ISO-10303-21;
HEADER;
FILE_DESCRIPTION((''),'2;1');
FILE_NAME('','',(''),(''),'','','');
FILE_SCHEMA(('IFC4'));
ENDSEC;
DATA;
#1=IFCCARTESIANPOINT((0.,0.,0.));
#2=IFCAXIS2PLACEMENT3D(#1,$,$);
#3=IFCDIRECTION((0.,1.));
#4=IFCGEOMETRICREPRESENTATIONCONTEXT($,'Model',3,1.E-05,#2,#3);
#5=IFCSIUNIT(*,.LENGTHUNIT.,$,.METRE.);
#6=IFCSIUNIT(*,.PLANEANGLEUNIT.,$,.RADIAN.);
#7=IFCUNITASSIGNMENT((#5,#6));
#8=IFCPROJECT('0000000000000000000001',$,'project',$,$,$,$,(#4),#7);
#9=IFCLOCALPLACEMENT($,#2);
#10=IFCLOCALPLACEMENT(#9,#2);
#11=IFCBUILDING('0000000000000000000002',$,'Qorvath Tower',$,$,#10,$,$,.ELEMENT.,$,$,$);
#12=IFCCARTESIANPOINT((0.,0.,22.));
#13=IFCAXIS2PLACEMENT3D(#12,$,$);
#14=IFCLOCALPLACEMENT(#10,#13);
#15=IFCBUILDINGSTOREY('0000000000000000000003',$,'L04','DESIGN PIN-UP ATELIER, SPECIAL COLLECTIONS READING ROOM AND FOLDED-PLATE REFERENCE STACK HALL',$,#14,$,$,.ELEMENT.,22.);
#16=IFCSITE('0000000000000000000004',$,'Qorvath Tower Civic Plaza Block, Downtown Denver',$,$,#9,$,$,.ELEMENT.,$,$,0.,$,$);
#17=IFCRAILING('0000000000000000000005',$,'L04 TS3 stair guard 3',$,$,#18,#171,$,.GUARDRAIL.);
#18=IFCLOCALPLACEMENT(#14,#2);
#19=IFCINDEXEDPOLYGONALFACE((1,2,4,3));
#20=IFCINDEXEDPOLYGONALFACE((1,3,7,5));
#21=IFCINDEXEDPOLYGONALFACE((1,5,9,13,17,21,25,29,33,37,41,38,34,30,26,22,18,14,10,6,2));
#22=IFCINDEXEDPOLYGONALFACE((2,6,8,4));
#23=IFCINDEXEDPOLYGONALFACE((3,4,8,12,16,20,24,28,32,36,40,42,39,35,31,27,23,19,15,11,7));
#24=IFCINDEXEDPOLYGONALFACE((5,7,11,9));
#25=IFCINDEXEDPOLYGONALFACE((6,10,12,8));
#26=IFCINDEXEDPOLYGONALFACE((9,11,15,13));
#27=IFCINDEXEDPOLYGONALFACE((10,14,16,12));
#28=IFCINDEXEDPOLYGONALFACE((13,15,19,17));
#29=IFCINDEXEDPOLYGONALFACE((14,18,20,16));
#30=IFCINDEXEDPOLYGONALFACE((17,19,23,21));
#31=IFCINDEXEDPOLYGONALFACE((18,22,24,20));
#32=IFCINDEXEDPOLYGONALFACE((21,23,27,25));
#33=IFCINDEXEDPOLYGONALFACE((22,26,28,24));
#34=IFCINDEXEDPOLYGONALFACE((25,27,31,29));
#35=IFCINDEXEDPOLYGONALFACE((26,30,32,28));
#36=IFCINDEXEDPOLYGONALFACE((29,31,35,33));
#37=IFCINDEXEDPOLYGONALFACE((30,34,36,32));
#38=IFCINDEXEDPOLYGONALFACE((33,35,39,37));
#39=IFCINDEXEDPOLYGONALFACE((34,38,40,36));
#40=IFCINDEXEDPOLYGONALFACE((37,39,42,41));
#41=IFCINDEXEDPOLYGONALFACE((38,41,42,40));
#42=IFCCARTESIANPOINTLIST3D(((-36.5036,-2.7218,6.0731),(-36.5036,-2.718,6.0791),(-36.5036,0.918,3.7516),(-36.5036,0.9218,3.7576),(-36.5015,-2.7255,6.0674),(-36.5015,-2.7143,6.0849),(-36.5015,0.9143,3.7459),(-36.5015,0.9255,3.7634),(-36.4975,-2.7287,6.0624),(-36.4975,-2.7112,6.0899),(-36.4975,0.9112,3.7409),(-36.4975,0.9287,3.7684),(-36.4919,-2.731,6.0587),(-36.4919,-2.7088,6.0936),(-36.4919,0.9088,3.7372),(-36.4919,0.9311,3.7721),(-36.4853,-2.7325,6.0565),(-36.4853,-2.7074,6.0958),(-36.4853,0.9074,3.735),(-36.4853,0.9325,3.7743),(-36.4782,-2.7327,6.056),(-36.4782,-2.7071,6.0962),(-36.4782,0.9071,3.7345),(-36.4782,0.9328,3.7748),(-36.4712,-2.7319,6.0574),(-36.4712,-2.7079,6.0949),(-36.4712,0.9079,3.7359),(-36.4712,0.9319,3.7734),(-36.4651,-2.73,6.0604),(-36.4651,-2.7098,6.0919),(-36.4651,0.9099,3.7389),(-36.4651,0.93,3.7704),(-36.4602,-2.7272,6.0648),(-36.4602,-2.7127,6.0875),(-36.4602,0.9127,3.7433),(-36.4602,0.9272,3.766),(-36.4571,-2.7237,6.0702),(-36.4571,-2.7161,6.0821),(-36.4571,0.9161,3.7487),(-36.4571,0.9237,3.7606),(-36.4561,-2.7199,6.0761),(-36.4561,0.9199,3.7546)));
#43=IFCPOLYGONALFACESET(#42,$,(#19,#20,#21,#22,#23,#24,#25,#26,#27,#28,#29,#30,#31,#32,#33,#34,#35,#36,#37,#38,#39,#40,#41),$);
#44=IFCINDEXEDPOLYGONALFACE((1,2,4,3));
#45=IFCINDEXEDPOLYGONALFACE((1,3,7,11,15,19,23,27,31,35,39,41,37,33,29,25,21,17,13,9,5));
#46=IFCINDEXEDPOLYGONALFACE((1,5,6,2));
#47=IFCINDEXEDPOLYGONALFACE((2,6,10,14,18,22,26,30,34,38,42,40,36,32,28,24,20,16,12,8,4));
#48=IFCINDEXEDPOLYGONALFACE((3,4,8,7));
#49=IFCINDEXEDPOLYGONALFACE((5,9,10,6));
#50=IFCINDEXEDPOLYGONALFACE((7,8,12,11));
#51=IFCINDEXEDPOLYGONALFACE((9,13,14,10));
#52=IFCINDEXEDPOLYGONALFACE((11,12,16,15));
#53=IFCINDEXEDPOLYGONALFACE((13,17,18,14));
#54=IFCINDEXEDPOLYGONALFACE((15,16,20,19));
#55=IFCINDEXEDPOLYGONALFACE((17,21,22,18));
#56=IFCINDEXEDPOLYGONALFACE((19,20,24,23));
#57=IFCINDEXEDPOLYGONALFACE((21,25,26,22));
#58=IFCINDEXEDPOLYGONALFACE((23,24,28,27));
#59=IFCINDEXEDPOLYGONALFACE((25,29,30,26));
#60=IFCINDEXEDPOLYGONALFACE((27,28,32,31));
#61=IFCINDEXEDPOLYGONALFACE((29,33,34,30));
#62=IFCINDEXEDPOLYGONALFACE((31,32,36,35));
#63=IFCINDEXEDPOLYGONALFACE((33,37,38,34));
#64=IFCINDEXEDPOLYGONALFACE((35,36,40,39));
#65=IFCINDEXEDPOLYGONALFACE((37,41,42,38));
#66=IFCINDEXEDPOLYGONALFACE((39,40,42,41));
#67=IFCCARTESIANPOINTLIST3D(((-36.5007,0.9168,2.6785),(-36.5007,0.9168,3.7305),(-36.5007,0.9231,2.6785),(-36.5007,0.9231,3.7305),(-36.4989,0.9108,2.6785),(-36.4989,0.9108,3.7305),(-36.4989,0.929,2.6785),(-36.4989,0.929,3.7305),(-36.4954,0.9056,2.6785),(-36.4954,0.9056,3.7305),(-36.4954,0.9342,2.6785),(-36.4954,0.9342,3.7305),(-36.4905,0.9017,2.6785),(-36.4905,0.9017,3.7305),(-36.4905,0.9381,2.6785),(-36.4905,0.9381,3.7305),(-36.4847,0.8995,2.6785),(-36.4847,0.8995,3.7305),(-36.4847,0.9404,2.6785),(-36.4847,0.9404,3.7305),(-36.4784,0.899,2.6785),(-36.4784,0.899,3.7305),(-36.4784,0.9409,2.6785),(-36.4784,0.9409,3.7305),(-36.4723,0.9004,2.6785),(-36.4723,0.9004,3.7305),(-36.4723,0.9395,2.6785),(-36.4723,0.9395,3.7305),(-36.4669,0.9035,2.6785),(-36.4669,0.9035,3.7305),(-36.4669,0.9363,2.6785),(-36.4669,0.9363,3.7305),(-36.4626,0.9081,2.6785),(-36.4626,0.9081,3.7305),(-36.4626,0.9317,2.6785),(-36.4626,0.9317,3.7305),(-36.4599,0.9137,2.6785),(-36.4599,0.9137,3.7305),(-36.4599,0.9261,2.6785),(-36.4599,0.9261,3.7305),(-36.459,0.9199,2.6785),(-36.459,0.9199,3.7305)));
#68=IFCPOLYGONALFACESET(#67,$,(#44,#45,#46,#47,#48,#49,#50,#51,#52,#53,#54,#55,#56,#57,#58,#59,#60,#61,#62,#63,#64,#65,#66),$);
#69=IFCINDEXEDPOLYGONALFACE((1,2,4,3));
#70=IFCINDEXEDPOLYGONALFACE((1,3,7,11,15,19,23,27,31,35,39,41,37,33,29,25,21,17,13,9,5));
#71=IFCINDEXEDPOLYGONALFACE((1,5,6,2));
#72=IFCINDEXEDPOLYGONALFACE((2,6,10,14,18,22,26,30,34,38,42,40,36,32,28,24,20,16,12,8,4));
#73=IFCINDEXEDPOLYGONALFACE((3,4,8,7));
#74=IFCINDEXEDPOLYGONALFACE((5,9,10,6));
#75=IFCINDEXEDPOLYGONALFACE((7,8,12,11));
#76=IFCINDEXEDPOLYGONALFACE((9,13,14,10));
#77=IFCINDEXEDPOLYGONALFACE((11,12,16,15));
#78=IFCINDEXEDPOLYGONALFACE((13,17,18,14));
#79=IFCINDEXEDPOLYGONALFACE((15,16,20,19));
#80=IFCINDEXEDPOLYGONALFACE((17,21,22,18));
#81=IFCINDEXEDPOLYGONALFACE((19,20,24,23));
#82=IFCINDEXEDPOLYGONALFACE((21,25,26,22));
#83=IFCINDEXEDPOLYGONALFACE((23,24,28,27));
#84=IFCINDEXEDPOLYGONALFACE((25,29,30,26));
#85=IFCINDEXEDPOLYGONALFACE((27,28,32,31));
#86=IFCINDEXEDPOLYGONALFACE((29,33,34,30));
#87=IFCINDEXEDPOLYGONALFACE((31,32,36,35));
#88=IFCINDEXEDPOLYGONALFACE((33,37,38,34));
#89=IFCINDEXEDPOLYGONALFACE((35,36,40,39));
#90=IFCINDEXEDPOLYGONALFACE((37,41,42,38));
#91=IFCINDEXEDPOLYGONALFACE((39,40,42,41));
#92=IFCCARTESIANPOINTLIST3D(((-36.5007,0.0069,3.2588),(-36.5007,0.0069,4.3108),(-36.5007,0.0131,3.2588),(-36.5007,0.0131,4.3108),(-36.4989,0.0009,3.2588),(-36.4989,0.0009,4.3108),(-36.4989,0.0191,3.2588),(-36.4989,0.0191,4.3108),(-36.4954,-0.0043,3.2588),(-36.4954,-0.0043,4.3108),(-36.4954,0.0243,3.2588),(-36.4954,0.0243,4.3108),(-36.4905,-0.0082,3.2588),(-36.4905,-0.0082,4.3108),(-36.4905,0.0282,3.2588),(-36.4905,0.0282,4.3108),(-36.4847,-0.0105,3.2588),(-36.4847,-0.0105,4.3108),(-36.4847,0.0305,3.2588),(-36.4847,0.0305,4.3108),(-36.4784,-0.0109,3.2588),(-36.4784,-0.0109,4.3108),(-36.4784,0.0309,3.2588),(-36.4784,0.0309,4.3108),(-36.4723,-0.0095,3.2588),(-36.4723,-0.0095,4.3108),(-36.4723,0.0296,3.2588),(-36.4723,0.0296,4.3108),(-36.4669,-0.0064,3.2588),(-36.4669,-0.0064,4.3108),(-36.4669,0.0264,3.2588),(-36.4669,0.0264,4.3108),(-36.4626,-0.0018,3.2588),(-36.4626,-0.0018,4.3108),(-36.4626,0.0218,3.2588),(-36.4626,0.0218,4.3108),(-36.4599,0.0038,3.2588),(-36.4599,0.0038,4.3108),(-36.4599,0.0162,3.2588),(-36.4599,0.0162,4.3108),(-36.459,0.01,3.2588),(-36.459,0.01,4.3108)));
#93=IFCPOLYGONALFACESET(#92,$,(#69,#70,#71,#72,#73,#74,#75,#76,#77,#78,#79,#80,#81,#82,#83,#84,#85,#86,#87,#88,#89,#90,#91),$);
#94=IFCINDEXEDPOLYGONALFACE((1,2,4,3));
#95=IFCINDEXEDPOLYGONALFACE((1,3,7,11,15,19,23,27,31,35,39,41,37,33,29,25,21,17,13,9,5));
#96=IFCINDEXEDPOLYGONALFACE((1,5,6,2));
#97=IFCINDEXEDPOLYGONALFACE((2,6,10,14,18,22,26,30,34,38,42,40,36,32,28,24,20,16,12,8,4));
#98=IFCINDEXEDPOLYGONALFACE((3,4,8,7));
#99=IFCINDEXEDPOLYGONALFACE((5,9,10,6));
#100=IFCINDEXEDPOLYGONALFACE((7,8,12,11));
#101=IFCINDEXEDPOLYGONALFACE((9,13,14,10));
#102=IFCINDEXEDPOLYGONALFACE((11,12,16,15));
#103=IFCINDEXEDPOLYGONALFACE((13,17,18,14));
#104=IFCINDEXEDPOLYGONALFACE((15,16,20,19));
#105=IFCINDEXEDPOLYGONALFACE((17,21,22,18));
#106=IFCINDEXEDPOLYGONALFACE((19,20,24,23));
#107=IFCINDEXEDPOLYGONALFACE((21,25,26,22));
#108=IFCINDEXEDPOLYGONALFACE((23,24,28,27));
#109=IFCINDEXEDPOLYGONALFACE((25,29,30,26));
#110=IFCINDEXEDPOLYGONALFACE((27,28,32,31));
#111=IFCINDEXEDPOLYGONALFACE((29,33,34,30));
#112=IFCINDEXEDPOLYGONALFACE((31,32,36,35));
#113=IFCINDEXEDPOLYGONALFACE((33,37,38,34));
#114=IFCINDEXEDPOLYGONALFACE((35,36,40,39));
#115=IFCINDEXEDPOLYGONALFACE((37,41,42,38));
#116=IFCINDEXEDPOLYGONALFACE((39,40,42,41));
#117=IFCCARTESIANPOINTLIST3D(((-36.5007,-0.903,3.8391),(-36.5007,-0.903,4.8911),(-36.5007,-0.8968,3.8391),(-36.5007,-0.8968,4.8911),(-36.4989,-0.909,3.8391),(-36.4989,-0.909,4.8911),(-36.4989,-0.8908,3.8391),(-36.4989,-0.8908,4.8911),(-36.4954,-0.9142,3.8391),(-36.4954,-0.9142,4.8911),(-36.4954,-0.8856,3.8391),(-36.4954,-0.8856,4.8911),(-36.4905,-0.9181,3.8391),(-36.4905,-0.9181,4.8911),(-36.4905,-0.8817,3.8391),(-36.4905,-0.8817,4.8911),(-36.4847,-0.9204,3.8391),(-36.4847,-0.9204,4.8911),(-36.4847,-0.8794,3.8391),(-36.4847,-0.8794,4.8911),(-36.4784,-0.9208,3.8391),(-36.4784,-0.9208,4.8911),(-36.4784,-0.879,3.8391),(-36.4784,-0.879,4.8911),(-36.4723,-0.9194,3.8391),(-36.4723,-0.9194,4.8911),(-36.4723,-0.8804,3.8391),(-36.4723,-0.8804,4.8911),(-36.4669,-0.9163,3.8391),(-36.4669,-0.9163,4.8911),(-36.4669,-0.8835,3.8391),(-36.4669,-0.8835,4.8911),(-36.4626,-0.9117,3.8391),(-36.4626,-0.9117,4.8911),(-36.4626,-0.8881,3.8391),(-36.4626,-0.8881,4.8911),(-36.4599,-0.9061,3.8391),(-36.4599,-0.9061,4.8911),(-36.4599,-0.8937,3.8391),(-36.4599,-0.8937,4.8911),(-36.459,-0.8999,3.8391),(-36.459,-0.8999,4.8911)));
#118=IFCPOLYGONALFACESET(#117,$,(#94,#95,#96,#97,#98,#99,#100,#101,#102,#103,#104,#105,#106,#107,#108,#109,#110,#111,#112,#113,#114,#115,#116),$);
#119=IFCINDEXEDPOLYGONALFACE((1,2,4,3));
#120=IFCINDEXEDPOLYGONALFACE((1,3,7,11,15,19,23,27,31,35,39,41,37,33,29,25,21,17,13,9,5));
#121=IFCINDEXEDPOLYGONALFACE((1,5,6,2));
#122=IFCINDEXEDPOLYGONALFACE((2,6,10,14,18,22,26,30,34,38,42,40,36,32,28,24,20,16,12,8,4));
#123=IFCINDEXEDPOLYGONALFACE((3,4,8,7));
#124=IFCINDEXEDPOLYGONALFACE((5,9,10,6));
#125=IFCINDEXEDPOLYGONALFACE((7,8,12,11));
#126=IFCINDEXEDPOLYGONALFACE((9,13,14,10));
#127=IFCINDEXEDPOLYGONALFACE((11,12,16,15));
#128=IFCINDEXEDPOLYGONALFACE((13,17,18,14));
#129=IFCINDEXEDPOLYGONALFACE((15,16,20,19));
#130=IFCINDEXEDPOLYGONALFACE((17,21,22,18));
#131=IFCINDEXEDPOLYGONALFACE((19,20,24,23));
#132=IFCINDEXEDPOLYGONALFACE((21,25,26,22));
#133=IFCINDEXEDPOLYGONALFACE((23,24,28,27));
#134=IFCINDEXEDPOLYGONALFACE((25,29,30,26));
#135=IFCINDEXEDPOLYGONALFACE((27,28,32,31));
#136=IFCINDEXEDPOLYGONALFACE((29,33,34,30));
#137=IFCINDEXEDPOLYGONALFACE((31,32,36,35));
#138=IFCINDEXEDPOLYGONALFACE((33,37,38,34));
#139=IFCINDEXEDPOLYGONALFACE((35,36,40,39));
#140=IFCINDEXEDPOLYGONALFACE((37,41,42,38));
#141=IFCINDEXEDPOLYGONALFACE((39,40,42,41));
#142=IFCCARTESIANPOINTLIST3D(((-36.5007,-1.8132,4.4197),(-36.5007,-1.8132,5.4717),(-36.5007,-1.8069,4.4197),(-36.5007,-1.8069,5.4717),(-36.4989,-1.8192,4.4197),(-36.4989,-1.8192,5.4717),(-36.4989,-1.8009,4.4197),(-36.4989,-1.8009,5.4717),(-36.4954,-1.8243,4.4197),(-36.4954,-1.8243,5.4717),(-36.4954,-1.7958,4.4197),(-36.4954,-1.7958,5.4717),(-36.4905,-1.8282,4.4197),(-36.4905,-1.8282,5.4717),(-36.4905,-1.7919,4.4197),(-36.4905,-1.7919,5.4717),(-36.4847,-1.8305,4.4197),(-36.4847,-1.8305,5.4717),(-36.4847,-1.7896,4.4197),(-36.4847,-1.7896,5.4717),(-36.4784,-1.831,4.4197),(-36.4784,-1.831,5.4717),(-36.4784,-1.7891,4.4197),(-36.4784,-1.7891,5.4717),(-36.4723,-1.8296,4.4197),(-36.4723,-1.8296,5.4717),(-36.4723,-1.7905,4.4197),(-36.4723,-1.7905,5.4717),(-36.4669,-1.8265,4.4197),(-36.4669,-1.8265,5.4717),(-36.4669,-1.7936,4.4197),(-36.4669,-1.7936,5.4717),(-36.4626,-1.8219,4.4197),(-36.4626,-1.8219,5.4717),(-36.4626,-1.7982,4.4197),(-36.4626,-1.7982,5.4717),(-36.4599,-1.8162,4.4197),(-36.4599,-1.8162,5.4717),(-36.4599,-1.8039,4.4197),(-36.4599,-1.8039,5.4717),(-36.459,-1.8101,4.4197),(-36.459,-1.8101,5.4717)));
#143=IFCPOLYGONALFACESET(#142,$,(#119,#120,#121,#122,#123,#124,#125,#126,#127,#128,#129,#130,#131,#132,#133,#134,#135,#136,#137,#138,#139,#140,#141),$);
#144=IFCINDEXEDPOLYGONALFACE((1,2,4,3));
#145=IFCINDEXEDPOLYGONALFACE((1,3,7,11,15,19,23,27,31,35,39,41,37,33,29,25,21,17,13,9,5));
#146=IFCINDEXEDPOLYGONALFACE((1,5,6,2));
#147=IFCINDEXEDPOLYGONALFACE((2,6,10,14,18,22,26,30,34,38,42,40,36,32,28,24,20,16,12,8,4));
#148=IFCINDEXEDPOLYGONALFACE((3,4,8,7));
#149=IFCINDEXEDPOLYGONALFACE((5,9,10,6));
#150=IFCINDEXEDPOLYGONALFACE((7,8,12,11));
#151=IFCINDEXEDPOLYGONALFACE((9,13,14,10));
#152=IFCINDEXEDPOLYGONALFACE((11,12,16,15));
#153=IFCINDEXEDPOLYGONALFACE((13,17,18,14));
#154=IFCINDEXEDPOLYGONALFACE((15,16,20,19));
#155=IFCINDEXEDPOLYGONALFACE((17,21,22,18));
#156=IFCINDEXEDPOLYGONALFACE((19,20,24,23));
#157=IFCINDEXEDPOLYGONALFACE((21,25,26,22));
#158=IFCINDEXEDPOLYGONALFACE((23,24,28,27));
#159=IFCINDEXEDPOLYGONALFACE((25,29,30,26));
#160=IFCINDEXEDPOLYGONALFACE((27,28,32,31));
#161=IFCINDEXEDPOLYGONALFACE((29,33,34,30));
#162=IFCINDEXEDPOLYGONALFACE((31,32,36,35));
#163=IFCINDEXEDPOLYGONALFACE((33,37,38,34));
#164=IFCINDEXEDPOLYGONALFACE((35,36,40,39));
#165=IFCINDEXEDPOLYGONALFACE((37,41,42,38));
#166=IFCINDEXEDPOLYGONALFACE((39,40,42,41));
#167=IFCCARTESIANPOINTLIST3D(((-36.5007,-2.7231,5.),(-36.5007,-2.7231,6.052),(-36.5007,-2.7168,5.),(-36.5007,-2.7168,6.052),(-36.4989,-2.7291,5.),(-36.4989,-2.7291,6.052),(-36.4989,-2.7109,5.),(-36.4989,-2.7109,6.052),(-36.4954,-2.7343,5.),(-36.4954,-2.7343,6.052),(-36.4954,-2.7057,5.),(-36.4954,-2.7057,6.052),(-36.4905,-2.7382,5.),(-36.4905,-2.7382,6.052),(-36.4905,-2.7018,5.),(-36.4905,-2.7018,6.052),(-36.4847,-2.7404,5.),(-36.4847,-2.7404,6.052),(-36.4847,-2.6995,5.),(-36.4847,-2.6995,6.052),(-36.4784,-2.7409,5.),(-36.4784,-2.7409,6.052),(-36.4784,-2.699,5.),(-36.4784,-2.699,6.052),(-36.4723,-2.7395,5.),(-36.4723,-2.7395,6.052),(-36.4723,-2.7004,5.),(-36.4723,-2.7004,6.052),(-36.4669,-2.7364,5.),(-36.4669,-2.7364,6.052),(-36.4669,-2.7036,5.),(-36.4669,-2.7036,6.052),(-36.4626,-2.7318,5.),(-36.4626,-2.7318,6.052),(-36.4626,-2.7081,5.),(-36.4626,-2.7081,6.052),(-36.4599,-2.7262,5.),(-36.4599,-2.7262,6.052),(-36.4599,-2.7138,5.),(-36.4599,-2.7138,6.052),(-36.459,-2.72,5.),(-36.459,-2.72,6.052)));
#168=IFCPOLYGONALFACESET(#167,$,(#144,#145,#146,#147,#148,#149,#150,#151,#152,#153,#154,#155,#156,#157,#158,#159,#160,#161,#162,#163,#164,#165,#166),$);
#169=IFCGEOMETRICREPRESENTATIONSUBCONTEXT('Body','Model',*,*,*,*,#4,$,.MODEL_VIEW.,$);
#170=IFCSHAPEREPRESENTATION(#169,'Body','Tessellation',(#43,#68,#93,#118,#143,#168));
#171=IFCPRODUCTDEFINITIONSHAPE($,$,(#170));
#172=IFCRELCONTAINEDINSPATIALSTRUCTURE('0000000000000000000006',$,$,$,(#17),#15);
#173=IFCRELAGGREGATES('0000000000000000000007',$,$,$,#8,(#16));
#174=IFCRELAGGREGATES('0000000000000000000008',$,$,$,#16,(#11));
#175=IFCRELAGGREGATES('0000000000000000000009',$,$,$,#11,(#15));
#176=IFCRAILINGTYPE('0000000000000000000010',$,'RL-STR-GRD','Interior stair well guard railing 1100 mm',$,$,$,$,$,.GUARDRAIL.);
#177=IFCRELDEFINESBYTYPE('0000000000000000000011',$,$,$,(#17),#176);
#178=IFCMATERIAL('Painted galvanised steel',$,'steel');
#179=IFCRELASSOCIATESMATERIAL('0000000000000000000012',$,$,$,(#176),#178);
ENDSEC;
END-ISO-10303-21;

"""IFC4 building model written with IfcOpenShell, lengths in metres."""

from ifc_helpers import new_model, si_unit, direction, frame, origin, origin_2d, place, context, subcontext, project, spatial, circle, extrude, material, type_object, element, save


model = new_model("IFC4")

# Units and contexts
model_context = context("Model", 3, precision=1e-05, world=origin(), true_north=direction((0.0, 1.0)))
body_context = subcontext(model_context, "Body", "Model", "MODEL_VIEW")
ifc_project = project(units=[si_unit("LENGTHUNIT", "METRE"), si_unit("PLANEANGLEUNIT", "RADIAN")], contexts=[model_context])

# Site, building, storey
site_placement = place(None, origin())
site = spatial("IfcSite", under=ifc_project, at=site_placement, Name="Qorvath Tower Civic Plaza Block, Downtown Denver", CompositionType="ELEMENT", RefElevation=0.0)
building_placement = place(site_placement, origin())
building = spatial("IfcBuilding", under=site, at=building_placement, Name="Qorvath Tower", CompositionType="ELEMENT")
storey_placement = place(building_placement, frame((0.0, 0.0, 22.0)))
storey = spatial("IfcBuildingStorey", under=building, at=storey_placement, Name="L04", Description="DESIGN PIN-UP ATELIER, SPECIAL COLLECTIONS READING ROOM AND FOLDED-PLATE REFERENCE STACK HALL", CompositionType="ELEMENT", Elevation=22.0)

# Railing
ifc_material_1 = material(Name="Painted galvanised steel", Category="steel")
railing_type_1 = type_object("IfcRailingType", Name="RL-STR-GRD", Description="Interior stair well guard railing 1100 mm", PredefinedType="GUARDRAIL", material=ifc_material_1)
railing_1_placement = place(storey_placement, frame((-36.48, 0.9199, 2.6785)))
element("IfcRailing", 1, at=railing_1_placement, inside=storey, type_object=railing_type_1, Name="L04 TS3 stair guard 3", PredefinedType="GUARDRAIL", context=body_context, shape_type="SweptSolid", body=[
    extrude(circle(Radius=0.0239, at=origin_2d()), frame((0.0, 0.0, 1.0762), z_axis=(0.0, -0.843112, 0.537739), x_axis=(1.0, 0.0, 0.0)), (0.0, 0.0, 1.0), 4.3171),
    extrude(circle(Radius=0.021, at=origin_2d()), origin(), (0.0, 0.0, 1.0), 1.052),
    extrude(circle(Radius=0.021, at=origin_2d()), frame((0.0, -0.9099, 0.5803)), (0.0, 0.0, 1.0), 1.052),
    extrude(circle(Radius=0.021, at=origin_2d()), frame((0.0, -1.8198, 1.1606)), (0.0, 0.0, 1.0), 1.052),
    extrude(circle(Radius=0.021, at=origin_2d()), frame((0.0, -2.73, 1.7412)), (0.0, 0.0, 1.0), 1.052),
    extrude(circle(Radius=0.021, at=origin_2d()), frame((0.0, -3.6399, 2.3215)), (0.0, 0.0, 1.0), 1.052),
])

save(model, "model.ifc")
